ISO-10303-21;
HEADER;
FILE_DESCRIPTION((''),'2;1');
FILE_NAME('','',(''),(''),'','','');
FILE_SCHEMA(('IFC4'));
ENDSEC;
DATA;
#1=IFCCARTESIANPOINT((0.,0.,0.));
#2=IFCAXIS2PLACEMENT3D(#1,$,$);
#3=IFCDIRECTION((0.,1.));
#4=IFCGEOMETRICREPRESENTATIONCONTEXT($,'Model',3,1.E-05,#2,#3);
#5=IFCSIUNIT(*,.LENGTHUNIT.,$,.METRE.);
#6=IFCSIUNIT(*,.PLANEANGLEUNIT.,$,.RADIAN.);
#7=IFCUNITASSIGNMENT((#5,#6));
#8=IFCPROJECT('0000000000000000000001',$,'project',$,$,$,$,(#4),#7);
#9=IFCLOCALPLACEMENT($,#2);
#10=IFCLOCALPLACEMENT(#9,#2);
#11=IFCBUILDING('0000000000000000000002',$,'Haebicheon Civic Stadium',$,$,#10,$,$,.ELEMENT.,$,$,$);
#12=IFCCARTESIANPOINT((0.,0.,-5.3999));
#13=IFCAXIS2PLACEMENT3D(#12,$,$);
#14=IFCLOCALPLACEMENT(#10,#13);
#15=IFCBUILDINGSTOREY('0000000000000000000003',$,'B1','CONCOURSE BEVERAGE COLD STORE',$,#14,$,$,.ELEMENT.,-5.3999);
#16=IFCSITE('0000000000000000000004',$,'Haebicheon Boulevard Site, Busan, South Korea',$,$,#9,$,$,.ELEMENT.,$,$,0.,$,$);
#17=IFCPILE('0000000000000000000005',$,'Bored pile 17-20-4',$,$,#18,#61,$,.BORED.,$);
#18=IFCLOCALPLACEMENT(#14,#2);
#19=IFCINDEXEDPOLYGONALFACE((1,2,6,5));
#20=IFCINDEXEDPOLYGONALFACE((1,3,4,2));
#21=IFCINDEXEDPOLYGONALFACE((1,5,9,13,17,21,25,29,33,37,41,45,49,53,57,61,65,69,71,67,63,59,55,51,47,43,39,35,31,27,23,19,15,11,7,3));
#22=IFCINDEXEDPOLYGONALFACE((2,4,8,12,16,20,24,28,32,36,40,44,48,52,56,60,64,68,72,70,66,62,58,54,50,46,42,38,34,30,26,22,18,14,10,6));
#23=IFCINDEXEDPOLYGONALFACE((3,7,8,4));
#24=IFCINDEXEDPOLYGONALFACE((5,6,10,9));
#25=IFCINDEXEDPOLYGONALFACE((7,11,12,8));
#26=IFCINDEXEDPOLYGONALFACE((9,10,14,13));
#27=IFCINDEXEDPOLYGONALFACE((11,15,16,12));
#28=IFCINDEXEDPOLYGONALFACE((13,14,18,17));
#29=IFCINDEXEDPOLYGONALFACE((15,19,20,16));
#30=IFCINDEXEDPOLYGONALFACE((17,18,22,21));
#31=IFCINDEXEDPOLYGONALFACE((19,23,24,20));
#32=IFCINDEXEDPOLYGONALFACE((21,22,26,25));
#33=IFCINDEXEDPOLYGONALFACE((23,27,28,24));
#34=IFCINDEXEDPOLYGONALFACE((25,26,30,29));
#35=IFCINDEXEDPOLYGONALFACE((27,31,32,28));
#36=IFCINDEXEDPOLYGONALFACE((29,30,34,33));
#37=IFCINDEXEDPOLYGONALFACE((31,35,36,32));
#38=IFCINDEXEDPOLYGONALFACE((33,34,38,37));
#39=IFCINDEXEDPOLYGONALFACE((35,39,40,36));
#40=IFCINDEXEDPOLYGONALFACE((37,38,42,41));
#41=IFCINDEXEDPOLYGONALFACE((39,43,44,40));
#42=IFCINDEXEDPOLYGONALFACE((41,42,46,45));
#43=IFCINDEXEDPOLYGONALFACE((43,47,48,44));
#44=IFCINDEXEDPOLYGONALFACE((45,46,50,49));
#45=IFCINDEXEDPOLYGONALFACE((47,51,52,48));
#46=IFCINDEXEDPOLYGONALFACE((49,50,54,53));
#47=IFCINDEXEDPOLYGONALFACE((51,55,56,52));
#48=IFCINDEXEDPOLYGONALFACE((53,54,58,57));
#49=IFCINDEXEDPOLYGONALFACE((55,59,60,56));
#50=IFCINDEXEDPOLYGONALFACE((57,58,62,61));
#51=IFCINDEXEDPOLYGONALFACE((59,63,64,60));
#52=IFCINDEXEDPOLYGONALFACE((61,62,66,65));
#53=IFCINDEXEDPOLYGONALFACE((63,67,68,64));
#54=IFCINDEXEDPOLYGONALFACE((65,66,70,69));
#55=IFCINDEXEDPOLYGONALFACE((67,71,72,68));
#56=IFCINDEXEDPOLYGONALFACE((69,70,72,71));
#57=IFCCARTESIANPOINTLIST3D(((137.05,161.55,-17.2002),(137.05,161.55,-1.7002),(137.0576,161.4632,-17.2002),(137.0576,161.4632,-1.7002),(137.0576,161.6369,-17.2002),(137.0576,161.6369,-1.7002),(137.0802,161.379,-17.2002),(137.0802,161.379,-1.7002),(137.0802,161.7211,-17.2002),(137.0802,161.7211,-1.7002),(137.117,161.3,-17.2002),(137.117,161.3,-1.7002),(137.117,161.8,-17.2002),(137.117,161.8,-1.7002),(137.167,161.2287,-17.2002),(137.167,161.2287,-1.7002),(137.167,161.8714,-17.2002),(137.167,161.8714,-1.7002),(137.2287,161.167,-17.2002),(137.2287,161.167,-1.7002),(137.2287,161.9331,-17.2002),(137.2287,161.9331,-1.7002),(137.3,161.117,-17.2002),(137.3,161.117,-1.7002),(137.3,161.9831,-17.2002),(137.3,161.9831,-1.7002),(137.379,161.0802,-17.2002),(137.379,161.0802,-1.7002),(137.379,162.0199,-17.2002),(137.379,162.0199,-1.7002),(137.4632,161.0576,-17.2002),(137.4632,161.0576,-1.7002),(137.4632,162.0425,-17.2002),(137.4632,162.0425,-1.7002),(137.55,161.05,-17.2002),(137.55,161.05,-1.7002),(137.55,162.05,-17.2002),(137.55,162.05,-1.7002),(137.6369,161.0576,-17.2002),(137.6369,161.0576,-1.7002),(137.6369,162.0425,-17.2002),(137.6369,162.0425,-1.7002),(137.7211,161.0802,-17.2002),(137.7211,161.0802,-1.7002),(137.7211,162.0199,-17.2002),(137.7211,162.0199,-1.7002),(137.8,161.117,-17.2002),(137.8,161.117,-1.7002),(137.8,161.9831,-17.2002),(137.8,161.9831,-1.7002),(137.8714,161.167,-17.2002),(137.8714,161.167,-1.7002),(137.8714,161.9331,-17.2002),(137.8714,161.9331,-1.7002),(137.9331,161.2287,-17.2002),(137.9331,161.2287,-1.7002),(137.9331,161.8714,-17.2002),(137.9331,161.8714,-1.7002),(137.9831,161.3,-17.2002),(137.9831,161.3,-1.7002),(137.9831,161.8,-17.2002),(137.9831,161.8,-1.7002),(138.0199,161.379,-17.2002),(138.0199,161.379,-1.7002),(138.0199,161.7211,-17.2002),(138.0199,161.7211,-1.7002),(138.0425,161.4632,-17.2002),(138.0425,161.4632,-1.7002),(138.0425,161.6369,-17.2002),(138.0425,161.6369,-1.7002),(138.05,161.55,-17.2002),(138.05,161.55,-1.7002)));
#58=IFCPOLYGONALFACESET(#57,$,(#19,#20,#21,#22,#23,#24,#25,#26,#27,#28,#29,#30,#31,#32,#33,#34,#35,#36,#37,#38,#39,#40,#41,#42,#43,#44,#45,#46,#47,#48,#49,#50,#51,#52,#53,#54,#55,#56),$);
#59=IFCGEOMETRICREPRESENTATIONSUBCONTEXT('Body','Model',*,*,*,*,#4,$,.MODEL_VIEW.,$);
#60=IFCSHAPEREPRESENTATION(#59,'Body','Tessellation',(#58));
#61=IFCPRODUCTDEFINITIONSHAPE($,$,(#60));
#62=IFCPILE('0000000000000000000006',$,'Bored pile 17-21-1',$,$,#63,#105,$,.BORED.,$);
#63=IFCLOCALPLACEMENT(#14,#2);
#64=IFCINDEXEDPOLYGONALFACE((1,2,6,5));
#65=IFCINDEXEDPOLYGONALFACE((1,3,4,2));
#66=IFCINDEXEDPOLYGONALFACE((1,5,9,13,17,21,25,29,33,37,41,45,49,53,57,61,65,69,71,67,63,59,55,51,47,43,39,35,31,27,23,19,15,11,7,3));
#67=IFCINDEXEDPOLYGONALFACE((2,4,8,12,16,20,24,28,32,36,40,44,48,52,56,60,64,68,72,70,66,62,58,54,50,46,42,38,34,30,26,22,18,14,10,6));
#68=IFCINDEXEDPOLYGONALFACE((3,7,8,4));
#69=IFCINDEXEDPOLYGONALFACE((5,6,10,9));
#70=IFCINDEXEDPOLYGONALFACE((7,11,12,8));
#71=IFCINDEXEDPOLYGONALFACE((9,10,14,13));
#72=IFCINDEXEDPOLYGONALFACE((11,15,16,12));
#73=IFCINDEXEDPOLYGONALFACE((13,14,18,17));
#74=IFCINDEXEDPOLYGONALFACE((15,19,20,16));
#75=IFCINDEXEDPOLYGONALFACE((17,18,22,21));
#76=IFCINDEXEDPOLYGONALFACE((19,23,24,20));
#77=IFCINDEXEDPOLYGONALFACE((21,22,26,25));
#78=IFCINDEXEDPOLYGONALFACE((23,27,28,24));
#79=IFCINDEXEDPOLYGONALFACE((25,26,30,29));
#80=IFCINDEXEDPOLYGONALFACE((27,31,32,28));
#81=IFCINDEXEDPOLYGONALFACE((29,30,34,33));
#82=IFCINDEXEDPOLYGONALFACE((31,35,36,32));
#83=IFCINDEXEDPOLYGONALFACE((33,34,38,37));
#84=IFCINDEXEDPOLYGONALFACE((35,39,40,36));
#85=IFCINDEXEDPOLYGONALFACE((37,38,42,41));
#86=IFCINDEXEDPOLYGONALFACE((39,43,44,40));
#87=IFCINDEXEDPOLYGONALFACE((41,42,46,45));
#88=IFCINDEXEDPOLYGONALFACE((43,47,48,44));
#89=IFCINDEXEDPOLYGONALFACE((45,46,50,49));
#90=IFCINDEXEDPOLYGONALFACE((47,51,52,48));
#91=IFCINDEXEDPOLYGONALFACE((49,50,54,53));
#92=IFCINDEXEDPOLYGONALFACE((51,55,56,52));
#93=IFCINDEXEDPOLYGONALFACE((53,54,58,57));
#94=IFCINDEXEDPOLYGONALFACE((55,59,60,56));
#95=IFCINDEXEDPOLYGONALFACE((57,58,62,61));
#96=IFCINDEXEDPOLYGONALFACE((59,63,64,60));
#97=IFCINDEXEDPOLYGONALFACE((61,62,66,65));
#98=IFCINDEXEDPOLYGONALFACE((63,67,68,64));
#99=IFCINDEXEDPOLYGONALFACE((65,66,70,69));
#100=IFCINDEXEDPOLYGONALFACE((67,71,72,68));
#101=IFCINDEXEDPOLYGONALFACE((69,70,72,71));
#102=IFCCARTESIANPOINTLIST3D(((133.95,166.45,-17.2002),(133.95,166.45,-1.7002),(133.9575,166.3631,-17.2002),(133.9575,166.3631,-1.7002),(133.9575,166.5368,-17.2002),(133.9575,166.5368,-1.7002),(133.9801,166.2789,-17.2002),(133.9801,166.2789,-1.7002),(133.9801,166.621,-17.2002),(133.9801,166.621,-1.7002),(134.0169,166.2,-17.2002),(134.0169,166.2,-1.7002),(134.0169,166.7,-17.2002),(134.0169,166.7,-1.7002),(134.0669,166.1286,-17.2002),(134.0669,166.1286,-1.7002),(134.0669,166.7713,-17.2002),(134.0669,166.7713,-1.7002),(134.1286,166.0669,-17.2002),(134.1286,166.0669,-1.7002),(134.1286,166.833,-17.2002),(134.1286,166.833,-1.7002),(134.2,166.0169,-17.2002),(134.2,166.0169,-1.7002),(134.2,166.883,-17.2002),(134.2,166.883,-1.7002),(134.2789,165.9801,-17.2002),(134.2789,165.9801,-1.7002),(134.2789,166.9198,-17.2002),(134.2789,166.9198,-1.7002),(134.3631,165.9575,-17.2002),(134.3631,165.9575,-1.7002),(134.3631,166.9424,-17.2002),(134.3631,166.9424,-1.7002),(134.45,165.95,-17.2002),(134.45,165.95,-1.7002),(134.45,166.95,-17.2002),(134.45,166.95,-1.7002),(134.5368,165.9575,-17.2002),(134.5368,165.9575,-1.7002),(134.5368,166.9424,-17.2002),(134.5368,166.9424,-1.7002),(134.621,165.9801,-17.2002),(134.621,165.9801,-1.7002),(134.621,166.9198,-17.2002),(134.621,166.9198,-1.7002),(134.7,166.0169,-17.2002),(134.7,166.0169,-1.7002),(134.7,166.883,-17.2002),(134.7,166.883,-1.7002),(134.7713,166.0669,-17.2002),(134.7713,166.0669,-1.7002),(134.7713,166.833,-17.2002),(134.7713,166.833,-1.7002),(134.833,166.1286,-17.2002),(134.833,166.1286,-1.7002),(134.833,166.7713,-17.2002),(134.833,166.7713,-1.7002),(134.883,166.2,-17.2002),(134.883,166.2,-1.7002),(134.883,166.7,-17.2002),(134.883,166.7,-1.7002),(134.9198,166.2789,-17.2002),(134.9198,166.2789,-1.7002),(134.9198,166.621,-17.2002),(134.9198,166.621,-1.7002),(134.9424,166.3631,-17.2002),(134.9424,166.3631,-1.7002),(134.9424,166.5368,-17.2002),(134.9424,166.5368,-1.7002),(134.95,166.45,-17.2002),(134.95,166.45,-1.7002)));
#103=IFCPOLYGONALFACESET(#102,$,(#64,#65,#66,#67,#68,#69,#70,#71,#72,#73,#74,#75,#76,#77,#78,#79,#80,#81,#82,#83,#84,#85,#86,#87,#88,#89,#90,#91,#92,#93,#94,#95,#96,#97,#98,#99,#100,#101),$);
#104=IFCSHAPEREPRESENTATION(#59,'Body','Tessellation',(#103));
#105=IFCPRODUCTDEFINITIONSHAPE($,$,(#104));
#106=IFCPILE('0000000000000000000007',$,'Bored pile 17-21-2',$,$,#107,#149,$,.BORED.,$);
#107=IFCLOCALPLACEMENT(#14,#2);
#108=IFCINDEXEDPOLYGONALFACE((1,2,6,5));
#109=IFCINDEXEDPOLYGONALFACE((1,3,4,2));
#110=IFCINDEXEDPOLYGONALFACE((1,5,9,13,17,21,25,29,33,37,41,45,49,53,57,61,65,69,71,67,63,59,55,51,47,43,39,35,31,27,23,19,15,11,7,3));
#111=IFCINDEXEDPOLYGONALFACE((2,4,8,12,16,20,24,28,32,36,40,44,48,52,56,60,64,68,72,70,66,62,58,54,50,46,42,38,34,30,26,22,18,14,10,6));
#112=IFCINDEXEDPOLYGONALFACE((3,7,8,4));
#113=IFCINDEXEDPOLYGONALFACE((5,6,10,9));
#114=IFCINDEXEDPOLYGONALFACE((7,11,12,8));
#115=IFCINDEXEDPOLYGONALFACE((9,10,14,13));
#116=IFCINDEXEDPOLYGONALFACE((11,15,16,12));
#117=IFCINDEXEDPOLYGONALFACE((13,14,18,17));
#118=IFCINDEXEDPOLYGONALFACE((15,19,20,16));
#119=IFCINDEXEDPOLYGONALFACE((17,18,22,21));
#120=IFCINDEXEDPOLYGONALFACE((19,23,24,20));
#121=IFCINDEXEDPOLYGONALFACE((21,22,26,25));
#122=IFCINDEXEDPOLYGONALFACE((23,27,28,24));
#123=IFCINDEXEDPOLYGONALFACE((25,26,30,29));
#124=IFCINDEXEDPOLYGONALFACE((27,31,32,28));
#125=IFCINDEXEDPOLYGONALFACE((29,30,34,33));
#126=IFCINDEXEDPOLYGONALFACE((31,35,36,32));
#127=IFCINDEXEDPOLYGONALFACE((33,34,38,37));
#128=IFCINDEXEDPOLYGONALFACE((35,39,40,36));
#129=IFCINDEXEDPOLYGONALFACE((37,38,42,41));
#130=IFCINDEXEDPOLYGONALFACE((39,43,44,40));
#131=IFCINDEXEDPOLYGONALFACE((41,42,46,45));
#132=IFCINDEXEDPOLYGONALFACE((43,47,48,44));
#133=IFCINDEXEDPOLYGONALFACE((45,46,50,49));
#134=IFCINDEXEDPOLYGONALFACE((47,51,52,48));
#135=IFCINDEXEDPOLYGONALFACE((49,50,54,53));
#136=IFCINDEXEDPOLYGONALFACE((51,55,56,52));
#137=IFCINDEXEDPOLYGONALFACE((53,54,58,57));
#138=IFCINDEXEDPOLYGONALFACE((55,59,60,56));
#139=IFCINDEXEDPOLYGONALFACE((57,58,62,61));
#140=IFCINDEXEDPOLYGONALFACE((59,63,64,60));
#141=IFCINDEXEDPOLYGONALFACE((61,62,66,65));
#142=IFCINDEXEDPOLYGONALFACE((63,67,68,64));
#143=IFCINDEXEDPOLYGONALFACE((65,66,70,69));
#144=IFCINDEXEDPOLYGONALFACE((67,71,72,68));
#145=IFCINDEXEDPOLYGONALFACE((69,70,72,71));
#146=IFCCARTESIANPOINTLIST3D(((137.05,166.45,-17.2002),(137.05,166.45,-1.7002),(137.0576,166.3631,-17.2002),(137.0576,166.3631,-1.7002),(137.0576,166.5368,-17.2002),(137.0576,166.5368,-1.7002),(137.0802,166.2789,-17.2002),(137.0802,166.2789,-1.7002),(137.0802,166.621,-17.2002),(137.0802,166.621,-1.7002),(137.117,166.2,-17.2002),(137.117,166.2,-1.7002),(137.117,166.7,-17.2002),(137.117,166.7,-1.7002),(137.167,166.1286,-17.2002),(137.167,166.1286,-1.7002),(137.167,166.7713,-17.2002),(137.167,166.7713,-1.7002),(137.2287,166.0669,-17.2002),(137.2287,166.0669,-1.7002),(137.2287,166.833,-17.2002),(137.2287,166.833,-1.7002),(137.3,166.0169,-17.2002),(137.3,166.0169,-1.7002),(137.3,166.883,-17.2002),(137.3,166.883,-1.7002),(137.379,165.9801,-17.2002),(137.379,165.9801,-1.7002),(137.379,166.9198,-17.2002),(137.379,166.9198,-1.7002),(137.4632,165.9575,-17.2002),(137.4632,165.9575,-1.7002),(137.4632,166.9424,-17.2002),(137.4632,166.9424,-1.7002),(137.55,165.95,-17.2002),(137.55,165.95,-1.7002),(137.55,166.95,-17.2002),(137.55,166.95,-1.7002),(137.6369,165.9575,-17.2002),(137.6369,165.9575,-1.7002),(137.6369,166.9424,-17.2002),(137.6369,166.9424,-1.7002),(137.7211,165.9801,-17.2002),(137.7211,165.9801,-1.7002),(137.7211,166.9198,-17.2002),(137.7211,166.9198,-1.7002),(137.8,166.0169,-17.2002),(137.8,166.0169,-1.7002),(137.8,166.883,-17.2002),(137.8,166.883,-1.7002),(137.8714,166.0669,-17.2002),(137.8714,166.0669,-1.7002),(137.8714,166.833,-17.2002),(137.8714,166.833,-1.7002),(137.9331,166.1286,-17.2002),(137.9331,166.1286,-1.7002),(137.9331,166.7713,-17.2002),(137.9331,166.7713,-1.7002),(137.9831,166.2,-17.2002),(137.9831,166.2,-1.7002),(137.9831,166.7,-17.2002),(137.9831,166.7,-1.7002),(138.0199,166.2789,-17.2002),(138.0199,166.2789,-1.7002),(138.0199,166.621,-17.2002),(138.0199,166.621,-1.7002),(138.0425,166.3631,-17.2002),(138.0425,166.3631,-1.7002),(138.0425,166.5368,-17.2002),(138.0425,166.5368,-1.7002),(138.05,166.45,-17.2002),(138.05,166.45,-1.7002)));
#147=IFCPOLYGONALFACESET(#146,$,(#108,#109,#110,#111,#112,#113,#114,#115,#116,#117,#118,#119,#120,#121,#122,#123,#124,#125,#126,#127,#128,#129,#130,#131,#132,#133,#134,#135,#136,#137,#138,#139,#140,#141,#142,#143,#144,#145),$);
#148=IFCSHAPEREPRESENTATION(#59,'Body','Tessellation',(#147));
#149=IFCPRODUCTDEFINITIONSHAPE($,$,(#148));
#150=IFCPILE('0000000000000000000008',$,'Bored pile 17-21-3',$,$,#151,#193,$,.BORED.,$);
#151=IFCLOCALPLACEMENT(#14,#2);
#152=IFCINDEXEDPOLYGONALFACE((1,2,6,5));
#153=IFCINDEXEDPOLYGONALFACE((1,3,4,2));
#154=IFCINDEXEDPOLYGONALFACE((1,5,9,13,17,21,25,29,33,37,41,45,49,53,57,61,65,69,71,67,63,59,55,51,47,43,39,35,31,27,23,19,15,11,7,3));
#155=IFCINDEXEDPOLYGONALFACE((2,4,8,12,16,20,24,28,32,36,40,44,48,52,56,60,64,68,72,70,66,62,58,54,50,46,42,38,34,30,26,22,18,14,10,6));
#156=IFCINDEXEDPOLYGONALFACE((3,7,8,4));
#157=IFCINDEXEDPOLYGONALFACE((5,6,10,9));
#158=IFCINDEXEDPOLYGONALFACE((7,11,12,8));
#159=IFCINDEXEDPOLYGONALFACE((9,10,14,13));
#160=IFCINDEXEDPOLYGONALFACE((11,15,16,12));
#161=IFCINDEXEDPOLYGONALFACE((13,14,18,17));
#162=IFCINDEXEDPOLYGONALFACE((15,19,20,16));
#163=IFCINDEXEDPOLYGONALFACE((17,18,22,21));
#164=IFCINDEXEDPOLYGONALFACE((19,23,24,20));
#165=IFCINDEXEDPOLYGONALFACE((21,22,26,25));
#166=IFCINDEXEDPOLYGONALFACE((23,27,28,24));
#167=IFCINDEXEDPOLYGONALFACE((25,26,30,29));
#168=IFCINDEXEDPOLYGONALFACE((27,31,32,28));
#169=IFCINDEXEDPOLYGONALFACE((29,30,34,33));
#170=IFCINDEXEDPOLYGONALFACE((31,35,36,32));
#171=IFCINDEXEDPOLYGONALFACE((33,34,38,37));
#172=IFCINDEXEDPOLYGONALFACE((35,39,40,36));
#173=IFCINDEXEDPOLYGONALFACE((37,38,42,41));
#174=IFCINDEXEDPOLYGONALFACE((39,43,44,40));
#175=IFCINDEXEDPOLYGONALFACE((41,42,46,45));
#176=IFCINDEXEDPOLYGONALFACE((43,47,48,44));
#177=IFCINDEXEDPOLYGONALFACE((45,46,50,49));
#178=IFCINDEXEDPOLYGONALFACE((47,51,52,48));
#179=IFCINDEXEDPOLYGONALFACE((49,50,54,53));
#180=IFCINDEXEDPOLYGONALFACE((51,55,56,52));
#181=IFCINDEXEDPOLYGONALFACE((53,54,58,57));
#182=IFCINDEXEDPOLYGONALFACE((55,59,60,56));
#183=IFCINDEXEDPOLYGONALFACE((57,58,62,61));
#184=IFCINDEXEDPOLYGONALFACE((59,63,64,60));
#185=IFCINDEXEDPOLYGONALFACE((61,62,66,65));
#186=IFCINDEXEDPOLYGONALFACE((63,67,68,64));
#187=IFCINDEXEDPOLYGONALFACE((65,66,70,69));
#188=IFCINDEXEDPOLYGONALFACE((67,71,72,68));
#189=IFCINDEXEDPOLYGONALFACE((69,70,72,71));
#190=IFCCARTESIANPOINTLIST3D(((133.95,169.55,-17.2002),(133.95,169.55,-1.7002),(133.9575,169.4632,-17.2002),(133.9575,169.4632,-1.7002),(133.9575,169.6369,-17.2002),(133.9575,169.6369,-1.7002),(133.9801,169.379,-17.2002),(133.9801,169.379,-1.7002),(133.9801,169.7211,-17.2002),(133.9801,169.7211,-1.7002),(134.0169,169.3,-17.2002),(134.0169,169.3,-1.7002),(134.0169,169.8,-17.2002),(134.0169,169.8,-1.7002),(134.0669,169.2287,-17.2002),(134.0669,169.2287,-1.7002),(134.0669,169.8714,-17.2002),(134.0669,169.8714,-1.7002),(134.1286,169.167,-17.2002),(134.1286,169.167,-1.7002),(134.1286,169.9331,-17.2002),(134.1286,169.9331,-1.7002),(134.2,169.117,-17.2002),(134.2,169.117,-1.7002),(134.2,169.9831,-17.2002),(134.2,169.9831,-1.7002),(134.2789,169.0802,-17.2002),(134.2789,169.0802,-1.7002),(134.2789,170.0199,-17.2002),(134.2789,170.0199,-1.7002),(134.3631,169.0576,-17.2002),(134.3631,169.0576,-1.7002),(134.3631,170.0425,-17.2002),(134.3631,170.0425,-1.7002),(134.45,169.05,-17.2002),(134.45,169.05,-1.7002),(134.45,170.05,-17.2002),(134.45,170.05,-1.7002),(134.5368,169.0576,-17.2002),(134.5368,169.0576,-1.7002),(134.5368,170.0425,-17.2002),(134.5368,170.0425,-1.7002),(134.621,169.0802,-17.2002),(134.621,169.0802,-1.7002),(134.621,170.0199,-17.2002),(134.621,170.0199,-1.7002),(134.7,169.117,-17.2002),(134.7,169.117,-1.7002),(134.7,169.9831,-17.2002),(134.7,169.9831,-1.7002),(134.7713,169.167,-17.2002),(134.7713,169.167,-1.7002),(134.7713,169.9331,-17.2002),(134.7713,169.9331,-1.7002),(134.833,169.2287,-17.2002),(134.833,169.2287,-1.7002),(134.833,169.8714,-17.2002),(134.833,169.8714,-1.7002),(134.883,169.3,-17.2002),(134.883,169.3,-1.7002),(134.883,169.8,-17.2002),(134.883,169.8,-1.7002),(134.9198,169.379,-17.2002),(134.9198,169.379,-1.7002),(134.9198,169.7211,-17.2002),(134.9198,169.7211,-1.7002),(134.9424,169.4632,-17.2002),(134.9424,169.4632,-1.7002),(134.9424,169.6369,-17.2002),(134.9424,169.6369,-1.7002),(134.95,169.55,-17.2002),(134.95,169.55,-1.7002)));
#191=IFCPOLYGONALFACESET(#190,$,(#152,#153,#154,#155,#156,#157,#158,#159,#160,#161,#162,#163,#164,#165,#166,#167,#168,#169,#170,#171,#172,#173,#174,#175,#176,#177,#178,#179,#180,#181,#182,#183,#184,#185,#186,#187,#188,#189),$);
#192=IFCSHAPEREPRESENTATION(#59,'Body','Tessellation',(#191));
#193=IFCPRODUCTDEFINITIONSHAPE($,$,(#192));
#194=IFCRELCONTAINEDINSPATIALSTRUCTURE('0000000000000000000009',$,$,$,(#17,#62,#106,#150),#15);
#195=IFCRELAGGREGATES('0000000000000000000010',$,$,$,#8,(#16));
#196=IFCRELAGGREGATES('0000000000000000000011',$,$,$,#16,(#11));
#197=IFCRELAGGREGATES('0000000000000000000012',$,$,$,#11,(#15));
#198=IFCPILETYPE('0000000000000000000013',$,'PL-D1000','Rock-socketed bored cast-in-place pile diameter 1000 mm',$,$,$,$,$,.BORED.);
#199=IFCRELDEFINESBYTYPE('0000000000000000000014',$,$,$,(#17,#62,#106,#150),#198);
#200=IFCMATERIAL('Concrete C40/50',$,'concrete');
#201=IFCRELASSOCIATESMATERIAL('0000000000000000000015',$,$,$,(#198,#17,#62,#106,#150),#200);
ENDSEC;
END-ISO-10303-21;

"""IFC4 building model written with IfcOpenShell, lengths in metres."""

from ifc_helpers import new_model, si_unit, direction, frame, origin, origin_2d, place, context, subcontext, project, spatial, circle, extrude, material, material_profile, profile_set, type_object, element, save


model = new_model("IFC4")

# Units and contexts
model_context = context("Model", 3, precision=1e-05, world=origin(), true_north=direction((0.0, 1.0)))
body_context = subcontext(model_context, "Body", "Model", "MODEL_VIEW")
ifc_project = project(units=[si_unit("LENGTHUNIT", "METRE"), si_unit("PLANEANGLEUNIT", "RADIAN")], contexts=[model_context])

# Site, building, storey
site_placement = place(None, origin())
site = spatial("IfcSite", under=ifc_project, at=site_placement, Name="Haebicheon Boulevard Site, Busan, South Korea", CompositionType="ELEMENT", RefElevation=0.0)
building_placement = place(site_placement, origin())
building = spatial("IfcBuilding", under=site, at=building_placement, Name="Haebicheon Civic Stadium", CompositionType="ELEMENT")
storey_placement = place(building_placement, frame((0.0, 0.0, -5.3999)))
storey = spatial("IfcBuildingStorey", under=building, at=storey_placement, Name="B1", Description="CONCOURSE BEVERAGE COLD STORE", CompositionType="ELEMENT", Elevation=-5.3999)

# Piles
ifc_material_1 = material(Name="Concrete C40/50", Category="concrete")
ifc_material_profile_1 = material_profile(ifc_material_1, circle(Radius=0.5, at=origin_2d()), Name="PILE-D1000")
ifc_profile_set_1 = profile_set([ifc_material_profile_1], Name="Concrete C40/50")
pile_type = type_object("IfcPileType", Name="PL-D1000", Description="Rock-socketed bored cast-in-place pile diameter 1000 mm", PredefinedType="BORED", material=ifc_profile_set_1)
for number, where, z_axis, x_axis, name in (
    (1, (137.55, 161.55, -1.7002), (0.0, 0.0, -1.0), (1.0, 0.0, 0.0), "Bored pile 17-20-4"),
    (2, (134.45, 166.45, -1.7002), (0.0, 0.0, -1.0), (1.0, 0.0, 0.0), "Bored pile 17-21-1"),
    (3, (137.55, 166.45, -1.7002), (0.0, 0.0, -1.0), (1.0, 0.0, 0.0), "Bored pile 17-21-2"),
    (4, (134.45, 169.55, -1.7002), (0.0, 0.0, -1.0), (1.0, 0.0, 0.0), "Bored pile 17-21-3"),
):
    element("IfcPile", number, at=place(storey_placement, frame(where, z_axis=z_axis, x_axis=x_axis)), inside=storey, type_object=pile_type, material=ifc_profile_set_1, Name=name, PredefinedType="BORED", context=body_context, shape_type="SweptSolid", body=[
        extrude(circle(Radius=0.5, at=origin_2d()), origin(), (0.0, 0.0, 1.0), 15.5),
    ])

save(model, "model.ifc")
